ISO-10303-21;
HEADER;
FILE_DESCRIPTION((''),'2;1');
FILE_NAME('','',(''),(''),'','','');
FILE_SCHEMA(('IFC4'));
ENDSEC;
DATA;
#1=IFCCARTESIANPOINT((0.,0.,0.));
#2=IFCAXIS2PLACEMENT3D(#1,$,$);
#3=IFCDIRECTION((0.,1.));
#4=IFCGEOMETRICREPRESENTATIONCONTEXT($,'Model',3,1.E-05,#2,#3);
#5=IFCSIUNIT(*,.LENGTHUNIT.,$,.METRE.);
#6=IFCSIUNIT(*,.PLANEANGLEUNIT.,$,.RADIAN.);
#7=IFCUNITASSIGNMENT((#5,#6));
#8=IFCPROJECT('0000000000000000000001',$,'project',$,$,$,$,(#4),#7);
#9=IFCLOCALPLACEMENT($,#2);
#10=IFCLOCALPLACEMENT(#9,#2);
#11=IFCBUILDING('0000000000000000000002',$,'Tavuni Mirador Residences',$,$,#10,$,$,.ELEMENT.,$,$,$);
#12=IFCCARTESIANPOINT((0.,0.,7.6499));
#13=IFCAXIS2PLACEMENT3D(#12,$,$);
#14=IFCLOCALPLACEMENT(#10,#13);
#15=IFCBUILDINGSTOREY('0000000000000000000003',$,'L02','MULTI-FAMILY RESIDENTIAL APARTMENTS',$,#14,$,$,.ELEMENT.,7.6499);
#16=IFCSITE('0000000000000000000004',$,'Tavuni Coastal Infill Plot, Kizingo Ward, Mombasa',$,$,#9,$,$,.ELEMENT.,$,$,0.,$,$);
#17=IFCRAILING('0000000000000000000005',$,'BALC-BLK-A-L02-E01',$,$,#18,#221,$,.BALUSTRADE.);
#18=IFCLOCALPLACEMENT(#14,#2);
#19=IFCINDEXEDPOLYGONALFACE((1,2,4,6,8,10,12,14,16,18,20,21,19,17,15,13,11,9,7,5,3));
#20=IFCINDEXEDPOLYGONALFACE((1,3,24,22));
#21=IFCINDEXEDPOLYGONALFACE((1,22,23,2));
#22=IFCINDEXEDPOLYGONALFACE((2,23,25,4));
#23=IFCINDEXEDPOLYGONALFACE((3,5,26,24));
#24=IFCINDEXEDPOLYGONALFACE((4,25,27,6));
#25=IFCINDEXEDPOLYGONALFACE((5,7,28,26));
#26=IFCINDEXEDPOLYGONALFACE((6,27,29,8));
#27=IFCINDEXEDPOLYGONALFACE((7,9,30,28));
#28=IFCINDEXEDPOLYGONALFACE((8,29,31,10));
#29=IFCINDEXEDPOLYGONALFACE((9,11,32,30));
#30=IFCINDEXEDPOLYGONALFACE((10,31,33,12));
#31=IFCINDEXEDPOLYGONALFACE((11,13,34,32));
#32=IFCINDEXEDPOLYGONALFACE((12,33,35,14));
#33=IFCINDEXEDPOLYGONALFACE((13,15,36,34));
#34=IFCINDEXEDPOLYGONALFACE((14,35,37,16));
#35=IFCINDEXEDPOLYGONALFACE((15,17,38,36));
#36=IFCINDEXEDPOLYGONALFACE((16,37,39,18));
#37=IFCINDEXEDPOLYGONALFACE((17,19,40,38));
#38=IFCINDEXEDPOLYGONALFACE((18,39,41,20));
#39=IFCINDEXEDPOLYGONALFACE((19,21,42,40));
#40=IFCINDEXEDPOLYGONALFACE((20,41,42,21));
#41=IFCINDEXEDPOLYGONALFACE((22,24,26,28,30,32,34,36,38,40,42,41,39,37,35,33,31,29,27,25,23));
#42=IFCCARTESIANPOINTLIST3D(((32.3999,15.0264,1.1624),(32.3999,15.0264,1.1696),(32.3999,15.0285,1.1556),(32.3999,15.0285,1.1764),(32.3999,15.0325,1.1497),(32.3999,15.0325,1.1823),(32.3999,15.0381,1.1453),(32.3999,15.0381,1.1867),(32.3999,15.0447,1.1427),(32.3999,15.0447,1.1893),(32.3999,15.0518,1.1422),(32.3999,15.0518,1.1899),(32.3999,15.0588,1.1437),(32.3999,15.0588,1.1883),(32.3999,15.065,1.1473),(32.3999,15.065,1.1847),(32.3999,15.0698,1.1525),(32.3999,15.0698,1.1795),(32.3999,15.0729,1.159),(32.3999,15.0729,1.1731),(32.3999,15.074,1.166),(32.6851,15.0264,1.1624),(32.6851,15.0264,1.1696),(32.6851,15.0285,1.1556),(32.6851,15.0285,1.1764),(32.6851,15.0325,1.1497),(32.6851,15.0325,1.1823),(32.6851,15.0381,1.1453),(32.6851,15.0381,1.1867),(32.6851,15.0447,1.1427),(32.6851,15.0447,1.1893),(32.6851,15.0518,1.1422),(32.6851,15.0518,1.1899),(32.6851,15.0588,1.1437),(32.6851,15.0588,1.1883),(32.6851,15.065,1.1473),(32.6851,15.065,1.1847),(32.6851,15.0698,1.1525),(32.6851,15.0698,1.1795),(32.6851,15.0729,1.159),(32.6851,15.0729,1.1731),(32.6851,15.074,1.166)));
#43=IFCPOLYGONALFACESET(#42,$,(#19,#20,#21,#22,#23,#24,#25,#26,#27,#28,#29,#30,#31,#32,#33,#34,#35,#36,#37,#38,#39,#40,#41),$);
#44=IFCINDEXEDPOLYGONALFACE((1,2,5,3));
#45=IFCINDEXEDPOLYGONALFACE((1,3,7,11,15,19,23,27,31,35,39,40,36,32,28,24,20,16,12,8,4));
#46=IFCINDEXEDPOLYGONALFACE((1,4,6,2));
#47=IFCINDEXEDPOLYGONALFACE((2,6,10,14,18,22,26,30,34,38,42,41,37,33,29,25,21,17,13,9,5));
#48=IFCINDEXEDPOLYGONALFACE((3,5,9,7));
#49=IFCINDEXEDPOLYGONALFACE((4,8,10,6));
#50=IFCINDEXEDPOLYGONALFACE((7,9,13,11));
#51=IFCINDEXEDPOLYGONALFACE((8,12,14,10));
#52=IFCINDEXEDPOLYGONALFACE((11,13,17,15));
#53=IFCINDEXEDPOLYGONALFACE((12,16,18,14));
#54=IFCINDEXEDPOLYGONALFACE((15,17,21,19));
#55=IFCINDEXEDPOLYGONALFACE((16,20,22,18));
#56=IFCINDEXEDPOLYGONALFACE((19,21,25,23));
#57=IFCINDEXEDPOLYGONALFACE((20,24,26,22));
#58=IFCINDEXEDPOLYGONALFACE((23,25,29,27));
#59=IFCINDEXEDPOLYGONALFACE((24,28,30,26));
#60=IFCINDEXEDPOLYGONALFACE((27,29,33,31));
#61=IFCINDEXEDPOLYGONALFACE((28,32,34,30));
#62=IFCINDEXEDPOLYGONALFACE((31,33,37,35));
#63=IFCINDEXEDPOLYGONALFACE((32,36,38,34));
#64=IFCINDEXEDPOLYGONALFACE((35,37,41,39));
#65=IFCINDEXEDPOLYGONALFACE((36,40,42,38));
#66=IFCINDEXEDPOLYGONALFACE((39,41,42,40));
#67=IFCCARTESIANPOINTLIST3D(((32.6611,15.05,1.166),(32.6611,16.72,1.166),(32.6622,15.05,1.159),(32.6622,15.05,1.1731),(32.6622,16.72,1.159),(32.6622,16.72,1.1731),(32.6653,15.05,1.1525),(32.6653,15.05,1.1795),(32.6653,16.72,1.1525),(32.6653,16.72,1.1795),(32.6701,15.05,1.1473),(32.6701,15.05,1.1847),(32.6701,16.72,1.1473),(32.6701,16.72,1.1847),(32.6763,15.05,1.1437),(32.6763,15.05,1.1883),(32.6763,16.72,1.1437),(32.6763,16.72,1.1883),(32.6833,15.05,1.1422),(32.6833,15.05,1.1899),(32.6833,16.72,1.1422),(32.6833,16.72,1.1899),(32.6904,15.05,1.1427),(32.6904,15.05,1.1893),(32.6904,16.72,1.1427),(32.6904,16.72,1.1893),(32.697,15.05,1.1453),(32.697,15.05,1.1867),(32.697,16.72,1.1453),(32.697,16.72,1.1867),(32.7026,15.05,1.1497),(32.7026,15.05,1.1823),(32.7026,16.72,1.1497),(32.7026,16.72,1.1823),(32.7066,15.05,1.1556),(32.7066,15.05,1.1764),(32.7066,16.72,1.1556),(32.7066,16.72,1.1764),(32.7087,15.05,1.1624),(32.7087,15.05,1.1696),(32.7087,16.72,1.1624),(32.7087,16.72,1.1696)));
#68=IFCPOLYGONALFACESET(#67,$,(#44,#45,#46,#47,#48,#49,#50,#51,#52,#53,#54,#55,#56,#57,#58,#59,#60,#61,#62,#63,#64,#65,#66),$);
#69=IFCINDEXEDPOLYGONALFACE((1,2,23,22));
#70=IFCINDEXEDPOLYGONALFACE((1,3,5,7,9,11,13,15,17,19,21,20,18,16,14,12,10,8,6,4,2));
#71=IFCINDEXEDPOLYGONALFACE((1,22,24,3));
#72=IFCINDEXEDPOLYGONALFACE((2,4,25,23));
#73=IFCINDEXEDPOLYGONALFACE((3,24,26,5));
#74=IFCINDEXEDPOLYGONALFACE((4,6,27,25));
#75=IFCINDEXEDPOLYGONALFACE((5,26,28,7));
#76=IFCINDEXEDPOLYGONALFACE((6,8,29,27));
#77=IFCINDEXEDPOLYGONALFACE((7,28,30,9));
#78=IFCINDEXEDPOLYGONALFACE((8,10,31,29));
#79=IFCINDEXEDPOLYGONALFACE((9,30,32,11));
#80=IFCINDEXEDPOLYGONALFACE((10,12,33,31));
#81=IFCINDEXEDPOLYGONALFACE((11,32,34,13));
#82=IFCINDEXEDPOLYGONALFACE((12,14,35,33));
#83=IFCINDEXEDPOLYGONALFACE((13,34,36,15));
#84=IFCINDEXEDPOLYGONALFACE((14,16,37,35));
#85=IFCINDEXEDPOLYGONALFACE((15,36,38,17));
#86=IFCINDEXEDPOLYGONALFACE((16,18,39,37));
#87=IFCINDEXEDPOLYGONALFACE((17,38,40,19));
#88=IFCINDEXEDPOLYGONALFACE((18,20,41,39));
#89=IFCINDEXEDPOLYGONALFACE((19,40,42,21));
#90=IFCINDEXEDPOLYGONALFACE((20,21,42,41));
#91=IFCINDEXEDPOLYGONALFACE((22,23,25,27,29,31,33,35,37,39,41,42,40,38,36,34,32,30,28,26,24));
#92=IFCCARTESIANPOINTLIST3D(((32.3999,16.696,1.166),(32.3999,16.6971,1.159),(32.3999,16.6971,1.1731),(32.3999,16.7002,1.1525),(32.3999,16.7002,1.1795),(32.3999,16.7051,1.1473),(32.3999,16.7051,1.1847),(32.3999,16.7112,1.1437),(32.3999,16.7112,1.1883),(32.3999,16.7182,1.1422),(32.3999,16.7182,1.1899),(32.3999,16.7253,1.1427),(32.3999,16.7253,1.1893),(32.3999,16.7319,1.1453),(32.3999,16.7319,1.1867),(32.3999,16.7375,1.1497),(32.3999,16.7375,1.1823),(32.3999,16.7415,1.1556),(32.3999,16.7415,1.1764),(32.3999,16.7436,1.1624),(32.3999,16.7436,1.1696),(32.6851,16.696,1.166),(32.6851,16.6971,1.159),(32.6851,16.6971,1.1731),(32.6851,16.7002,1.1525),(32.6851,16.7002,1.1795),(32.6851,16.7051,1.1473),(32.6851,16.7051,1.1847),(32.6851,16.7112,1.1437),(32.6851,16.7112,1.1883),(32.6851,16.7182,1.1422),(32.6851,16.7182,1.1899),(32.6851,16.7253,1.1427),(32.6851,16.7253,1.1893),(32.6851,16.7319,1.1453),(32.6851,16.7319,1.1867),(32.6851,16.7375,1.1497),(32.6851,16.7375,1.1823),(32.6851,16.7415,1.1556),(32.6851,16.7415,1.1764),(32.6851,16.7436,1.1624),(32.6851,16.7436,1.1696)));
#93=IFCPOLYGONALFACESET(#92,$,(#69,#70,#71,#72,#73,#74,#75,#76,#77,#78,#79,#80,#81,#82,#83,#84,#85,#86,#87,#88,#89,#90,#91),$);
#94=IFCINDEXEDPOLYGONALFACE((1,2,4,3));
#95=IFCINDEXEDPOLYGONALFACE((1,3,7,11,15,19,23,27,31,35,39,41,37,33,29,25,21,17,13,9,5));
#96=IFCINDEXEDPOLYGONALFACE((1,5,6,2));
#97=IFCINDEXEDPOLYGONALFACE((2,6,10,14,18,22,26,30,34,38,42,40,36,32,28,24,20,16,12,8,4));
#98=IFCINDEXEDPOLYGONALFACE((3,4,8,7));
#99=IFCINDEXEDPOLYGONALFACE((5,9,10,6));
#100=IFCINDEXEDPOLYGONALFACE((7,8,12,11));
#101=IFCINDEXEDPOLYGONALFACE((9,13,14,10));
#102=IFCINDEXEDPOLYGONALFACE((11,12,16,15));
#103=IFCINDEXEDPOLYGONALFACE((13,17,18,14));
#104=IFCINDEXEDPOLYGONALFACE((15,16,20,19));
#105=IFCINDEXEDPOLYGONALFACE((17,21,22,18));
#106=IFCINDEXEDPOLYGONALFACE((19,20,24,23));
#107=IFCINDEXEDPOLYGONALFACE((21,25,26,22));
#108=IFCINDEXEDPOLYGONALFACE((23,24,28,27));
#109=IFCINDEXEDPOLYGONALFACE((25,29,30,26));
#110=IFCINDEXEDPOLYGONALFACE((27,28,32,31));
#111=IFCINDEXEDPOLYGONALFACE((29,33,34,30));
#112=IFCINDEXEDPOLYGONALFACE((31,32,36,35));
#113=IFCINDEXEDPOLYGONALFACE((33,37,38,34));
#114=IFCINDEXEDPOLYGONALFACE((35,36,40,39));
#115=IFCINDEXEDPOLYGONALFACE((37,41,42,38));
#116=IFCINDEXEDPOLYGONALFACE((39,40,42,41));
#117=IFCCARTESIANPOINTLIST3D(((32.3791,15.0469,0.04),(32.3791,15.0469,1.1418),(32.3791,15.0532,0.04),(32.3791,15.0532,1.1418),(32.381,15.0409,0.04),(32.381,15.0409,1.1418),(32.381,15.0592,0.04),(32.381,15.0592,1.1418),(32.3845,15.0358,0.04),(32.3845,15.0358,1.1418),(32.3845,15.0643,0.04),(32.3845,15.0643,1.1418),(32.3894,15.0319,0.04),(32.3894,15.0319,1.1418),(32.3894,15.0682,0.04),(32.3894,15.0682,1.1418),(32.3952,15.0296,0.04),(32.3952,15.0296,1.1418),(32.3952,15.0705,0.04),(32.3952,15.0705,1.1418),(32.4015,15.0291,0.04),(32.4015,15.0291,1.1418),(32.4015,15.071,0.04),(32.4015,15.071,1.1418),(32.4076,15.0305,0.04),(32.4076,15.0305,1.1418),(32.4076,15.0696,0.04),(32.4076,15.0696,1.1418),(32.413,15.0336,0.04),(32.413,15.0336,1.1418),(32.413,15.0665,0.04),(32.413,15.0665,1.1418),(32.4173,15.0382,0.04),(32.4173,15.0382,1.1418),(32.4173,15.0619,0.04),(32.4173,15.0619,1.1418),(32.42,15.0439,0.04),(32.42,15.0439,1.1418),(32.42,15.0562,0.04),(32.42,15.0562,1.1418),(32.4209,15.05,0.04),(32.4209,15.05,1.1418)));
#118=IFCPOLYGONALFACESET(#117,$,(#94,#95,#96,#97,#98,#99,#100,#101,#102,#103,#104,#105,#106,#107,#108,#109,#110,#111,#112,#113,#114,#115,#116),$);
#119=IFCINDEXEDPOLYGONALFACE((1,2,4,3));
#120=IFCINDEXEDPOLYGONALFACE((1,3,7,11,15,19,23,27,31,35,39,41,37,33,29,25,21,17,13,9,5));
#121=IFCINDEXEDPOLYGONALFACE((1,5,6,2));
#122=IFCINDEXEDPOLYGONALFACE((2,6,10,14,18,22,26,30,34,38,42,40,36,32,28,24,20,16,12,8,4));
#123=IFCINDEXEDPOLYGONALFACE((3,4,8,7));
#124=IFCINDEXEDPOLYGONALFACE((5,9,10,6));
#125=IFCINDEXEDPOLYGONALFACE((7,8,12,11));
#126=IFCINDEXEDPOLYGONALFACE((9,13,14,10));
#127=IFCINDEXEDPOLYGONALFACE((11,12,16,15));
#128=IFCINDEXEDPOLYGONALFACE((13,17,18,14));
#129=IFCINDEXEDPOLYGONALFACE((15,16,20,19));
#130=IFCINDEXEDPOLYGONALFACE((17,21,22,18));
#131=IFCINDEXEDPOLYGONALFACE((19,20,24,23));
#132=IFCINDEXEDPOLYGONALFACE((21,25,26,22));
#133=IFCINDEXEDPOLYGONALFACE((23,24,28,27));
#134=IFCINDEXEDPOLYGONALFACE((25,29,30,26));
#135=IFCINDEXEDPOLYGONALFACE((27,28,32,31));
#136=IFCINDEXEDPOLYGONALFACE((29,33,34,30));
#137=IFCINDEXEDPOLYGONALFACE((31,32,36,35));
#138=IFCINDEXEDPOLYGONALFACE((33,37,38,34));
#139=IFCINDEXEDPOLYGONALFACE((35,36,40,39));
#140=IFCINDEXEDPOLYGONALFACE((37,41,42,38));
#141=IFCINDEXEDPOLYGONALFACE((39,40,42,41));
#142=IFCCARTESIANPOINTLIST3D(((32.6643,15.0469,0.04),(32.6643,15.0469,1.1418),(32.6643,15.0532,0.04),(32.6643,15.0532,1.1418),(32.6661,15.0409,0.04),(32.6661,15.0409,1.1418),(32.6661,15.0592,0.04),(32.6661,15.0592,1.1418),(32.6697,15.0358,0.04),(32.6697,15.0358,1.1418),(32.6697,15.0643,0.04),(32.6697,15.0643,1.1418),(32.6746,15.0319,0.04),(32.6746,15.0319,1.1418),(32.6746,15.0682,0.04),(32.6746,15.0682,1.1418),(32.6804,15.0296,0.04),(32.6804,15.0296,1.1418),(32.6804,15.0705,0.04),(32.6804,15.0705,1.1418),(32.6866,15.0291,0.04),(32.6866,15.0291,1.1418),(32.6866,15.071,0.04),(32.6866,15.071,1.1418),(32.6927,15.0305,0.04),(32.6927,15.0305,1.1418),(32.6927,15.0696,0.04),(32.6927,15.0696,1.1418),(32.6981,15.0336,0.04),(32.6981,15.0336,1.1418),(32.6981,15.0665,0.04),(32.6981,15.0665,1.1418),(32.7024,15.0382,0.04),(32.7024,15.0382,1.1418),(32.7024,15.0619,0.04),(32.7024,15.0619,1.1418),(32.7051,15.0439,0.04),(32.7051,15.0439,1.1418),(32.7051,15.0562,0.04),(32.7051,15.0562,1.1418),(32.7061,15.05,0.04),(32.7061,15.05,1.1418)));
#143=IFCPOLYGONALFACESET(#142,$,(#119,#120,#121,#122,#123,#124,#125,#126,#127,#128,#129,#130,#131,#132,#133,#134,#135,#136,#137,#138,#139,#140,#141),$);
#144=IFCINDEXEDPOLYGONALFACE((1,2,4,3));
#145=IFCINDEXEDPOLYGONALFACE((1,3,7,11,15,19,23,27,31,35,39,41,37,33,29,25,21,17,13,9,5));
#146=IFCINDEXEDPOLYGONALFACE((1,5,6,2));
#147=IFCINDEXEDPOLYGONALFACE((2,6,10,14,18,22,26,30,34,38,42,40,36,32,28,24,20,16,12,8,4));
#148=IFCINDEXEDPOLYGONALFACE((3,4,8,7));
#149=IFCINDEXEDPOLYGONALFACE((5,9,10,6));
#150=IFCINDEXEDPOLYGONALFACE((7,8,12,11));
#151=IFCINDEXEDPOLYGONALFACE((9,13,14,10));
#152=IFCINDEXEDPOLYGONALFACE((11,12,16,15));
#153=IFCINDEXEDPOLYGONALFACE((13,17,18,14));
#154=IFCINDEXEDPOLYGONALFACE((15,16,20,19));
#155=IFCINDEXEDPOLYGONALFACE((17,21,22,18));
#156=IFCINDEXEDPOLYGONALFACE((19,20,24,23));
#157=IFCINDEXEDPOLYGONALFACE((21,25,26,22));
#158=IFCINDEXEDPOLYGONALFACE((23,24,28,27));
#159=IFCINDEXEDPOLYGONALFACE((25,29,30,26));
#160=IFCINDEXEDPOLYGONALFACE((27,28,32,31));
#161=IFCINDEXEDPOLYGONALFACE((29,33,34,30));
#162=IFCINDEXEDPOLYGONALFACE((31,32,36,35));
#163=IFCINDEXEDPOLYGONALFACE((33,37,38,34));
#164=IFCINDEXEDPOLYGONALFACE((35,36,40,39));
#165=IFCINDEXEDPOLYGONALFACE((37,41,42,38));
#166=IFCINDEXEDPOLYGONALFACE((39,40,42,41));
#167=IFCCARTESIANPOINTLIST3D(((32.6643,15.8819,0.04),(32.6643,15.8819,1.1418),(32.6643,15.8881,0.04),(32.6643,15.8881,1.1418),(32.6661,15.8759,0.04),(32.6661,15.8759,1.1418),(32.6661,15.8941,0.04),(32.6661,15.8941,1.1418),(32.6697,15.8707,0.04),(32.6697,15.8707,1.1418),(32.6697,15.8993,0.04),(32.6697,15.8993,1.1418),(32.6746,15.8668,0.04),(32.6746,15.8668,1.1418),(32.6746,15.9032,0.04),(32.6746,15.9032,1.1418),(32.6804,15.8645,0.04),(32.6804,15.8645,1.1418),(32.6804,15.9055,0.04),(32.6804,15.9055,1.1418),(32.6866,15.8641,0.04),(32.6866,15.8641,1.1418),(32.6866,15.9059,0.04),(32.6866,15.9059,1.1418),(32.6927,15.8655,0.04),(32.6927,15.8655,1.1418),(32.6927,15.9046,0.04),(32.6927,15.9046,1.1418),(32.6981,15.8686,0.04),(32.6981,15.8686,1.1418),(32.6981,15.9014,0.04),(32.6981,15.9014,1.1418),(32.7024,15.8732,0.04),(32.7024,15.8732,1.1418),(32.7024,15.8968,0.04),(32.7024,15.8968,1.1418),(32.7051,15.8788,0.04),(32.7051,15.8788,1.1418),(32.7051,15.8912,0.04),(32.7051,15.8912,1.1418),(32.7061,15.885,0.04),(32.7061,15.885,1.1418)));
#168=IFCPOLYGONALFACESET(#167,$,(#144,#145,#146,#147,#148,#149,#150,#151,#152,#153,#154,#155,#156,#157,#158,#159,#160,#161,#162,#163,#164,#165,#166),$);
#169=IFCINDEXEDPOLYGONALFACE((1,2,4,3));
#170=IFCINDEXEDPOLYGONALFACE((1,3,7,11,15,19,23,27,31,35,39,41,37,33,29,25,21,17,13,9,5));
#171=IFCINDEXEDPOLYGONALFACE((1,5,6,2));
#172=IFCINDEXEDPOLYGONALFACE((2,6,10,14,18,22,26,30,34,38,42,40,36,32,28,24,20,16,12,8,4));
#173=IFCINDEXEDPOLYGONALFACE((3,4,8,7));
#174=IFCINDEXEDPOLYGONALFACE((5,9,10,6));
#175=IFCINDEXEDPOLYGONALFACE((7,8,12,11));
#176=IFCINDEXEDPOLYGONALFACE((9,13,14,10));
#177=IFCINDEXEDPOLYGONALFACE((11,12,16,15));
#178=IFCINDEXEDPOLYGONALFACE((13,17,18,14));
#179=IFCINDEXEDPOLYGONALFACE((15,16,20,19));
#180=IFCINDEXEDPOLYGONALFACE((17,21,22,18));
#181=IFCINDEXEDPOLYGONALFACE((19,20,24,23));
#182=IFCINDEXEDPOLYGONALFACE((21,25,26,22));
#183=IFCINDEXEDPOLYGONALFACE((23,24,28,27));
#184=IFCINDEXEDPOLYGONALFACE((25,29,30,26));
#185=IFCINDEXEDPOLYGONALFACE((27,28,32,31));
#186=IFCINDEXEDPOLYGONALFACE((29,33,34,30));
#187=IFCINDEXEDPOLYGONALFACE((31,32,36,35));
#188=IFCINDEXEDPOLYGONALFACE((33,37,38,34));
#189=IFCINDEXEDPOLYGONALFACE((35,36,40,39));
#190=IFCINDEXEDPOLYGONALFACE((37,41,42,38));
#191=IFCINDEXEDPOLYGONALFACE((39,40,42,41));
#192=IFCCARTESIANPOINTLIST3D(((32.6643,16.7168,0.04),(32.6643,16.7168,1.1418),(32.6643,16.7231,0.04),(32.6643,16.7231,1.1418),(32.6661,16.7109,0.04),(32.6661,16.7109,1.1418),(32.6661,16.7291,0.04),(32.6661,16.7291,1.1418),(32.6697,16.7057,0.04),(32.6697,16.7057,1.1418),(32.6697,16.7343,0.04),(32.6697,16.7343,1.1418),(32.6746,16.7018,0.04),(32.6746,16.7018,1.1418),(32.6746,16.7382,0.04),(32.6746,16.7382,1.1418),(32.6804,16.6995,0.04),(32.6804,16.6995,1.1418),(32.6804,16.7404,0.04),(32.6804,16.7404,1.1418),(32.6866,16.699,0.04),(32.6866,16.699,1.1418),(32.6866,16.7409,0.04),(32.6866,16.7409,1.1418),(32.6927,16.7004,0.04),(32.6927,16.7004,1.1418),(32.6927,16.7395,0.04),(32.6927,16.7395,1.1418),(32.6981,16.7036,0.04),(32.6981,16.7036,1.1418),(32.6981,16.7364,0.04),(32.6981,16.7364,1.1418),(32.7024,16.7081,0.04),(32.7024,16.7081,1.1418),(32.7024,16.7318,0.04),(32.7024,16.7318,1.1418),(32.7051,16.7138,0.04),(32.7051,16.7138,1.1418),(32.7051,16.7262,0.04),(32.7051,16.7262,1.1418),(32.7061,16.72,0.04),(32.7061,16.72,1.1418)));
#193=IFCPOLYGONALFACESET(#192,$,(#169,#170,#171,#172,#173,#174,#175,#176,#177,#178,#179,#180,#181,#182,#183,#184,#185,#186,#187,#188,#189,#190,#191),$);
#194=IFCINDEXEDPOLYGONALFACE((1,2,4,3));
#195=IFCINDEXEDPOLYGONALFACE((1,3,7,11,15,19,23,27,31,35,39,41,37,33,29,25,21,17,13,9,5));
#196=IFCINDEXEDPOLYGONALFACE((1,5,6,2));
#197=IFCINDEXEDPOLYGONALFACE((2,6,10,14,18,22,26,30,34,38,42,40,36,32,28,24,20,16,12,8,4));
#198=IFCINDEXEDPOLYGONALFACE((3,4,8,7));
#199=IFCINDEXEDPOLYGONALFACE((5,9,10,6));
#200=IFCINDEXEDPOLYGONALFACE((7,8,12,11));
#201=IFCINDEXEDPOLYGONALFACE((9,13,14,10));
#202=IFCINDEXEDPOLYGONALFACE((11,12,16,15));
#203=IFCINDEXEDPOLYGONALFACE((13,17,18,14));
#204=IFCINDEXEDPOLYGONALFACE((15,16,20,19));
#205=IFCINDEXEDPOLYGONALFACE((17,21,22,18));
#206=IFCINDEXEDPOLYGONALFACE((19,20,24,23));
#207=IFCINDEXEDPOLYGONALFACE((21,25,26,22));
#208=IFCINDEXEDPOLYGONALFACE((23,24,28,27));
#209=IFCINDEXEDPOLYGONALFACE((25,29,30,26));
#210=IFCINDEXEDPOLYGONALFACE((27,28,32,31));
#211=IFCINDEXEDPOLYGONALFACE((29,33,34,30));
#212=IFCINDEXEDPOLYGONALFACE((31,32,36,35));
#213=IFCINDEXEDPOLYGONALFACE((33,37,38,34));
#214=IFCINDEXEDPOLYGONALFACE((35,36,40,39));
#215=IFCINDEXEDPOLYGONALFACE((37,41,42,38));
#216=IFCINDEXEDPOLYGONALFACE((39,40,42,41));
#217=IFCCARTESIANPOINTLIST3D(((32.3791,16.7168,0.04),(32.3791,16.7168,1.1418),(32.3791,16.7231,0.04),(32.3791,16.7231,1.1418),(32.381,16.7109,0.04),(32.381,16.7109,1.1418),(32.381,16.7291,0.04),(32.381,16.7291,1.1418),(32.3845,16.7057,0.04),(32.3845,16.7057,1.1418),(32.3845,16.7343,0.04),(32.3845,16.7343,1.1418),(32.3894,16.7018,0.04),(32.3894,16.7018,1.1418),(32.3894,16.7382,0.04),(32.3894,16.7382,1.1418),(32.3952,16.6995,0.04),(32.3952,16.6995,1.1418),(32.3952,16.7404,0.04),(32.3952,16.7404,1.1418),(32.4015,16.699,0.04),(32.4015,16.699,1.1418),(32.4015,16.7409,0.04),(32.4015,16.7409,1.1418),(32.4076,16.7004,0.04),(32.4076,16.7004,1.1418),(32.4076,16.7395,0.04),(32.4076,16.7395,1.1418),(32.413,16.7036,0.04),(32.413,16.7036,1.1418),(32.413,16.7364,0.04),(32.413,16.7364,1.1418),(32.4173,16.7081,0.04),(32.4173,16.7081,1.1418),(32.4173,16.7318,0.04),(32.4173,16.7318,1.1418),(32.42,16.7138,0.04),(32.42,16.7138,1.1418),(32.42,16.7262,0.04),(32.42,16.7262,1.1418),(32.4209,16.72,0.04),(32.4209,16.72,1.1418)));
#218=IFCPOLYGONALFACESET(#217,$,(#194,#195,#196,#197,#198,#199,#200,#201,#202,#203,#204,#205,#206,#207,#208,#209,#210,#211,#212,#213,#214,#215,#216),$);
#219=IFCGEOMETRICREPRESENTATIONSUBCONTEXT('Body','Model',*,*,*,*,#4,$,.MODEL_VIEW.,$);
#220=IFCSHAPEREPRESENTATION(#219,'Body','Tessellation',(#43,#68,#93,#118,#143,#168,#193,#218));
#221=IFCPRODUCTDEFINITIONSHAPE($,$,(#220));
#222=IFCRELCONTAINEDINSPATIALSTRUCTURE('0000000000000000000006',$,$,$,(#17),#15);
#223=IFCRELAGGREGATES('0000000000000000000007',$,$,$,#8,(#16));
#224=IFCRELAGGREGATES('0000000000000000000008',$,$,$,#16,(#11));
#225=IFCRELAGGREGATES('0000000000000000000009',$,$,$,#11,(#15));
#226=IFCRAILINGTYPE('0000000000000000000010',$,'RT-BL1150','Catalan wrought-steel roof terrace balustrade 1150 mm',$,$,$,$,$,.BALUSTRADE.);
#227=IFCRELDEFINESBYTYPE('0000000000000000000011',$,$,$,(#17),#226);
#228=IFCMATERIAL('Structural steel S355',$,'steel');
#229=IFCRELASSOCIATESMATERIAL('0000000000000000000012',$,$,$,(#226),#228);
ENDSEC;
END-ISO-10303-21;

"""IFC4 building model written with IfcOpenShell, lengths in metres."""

from ifc_helpers import new_model, si_unit, direction, frame, origin, origin_2d, place, context, subcontext, project, spatial, circle, extrude, material, type_object, element, save


model = new_model("IFC4")

# Units and contexts
model_context = context("Model", 3, precision=1e-05, world=origin(), true_north=direction((0.0, 1.0)))
body_context = subcontext(model_context, "Body", "Model", "MODEL_VIEW")
ifc_project = project(units=[si_unit("LENGTHUNIT", "METRE"), si_unit("PLANEANGLEUNIT", "RADIAN")], contexts=[model_context])

# Site, building, storey
site_placement = place(None, origin())
site = spatial("IfcSite", under=ifc_project, at=site_placement, Name="Tavuni Coastal Infill Plot, Kizingo Ward, Mombasa", CompositionType="ELEMENT", RefElevation=0.0)
building_placement = place(site_placement, origin())
building = spatial("IfcBuilding", under=site, at=building_placement, Name="Tavuni Mirador Residences", CompositionType="ELEMENT")
storey_placement = place(building_placement, frame((0.0, 0.0, 7.6499)))
storey = spatial("IfcBuildingStorey", under=building, at=storey_placement, Name="L02", Description="MULTI-FAMILY RESIDENTIAL APARTMENTS", CompositionType="ELEMENT", Elevation=7.6499)

# Shared definitions
ifc_material_1 = material(Name="Structural steel S355", Category="steel")

# Railing
railing_type = type_object("IfcRailingType", Name="RT-BL1150", Description="Catalan wrought-steel roof terrace balustrade 1150 mm", PredefinedType="BALUSTRADE", material=ifc_material_1)
railing_placement = place(storey_placement, frame((32.3999, 15.05, 0.04)))
element("IfcRailing", 1, at=railing_placement, inside=storey, type_object=railing_type, Name="BALC-BLK-A-L02-E01", PredefinedType="BALUSTRADE", context=body_context, shape_type="SweptSolid", body=[
    extrude(circle(Radius=0.0239, at=origin_2d()), frame((0.0, 0.0, 1.126), z_axis=(1.0, 0.0, 0.0), x_axis=(0.0, 1.0, 0.0)), (0.0, 0.0, 1.0), 0.2852),
    extrude(circle(Radius=0.0239, at=origin_2d()), frame((0.2852, 0.0, 1.126), z_axis=(0.0, 1.0, 0.0), x_axis=(-1.0, 0.0, 0.0)), (0.0, 0.0, 1.0), 1.6699),
    extrude(circle(Radius=0.0239, at=origin_2d()), frame((0.2852, 1.6699, 1.126), z_axis=(-1.0, 0.0, 0.0), x_axis=(0.0, -1.0, 0.0)), (0.0, 0.0, 1.0), 0.2852),
    extrude(circle(Radius=0.021, at=origin_2d()), origin(), (0.0, 0.0, 1.0), 1.1018),
    extrude(circle(Radius=0.021, at=origin_2d()), frame((0.2852, 0.0, 0.0)), (0.0, 0.0, 1.0), 1.1018),
    extrude(circle(Radius=0.021, at=origin_2d()), frame((0.2852, 0.835, 0.0)), (0.0, 0.0, 1.0), 1.1018),
    extrude(circle(Radius=0.021, at=origin_2d()), frame((0.2852, 1.6699, 0.0)), (0.0, 0.0, 1.0), 1.1018),
    extrude(circle(Radius=0.021, at=origin_2d()), frame((0.0, 1.6699, 0.0)), (0.0, 0.0, 1.0), 1.1018),
])

save(model, "model.ifc")
